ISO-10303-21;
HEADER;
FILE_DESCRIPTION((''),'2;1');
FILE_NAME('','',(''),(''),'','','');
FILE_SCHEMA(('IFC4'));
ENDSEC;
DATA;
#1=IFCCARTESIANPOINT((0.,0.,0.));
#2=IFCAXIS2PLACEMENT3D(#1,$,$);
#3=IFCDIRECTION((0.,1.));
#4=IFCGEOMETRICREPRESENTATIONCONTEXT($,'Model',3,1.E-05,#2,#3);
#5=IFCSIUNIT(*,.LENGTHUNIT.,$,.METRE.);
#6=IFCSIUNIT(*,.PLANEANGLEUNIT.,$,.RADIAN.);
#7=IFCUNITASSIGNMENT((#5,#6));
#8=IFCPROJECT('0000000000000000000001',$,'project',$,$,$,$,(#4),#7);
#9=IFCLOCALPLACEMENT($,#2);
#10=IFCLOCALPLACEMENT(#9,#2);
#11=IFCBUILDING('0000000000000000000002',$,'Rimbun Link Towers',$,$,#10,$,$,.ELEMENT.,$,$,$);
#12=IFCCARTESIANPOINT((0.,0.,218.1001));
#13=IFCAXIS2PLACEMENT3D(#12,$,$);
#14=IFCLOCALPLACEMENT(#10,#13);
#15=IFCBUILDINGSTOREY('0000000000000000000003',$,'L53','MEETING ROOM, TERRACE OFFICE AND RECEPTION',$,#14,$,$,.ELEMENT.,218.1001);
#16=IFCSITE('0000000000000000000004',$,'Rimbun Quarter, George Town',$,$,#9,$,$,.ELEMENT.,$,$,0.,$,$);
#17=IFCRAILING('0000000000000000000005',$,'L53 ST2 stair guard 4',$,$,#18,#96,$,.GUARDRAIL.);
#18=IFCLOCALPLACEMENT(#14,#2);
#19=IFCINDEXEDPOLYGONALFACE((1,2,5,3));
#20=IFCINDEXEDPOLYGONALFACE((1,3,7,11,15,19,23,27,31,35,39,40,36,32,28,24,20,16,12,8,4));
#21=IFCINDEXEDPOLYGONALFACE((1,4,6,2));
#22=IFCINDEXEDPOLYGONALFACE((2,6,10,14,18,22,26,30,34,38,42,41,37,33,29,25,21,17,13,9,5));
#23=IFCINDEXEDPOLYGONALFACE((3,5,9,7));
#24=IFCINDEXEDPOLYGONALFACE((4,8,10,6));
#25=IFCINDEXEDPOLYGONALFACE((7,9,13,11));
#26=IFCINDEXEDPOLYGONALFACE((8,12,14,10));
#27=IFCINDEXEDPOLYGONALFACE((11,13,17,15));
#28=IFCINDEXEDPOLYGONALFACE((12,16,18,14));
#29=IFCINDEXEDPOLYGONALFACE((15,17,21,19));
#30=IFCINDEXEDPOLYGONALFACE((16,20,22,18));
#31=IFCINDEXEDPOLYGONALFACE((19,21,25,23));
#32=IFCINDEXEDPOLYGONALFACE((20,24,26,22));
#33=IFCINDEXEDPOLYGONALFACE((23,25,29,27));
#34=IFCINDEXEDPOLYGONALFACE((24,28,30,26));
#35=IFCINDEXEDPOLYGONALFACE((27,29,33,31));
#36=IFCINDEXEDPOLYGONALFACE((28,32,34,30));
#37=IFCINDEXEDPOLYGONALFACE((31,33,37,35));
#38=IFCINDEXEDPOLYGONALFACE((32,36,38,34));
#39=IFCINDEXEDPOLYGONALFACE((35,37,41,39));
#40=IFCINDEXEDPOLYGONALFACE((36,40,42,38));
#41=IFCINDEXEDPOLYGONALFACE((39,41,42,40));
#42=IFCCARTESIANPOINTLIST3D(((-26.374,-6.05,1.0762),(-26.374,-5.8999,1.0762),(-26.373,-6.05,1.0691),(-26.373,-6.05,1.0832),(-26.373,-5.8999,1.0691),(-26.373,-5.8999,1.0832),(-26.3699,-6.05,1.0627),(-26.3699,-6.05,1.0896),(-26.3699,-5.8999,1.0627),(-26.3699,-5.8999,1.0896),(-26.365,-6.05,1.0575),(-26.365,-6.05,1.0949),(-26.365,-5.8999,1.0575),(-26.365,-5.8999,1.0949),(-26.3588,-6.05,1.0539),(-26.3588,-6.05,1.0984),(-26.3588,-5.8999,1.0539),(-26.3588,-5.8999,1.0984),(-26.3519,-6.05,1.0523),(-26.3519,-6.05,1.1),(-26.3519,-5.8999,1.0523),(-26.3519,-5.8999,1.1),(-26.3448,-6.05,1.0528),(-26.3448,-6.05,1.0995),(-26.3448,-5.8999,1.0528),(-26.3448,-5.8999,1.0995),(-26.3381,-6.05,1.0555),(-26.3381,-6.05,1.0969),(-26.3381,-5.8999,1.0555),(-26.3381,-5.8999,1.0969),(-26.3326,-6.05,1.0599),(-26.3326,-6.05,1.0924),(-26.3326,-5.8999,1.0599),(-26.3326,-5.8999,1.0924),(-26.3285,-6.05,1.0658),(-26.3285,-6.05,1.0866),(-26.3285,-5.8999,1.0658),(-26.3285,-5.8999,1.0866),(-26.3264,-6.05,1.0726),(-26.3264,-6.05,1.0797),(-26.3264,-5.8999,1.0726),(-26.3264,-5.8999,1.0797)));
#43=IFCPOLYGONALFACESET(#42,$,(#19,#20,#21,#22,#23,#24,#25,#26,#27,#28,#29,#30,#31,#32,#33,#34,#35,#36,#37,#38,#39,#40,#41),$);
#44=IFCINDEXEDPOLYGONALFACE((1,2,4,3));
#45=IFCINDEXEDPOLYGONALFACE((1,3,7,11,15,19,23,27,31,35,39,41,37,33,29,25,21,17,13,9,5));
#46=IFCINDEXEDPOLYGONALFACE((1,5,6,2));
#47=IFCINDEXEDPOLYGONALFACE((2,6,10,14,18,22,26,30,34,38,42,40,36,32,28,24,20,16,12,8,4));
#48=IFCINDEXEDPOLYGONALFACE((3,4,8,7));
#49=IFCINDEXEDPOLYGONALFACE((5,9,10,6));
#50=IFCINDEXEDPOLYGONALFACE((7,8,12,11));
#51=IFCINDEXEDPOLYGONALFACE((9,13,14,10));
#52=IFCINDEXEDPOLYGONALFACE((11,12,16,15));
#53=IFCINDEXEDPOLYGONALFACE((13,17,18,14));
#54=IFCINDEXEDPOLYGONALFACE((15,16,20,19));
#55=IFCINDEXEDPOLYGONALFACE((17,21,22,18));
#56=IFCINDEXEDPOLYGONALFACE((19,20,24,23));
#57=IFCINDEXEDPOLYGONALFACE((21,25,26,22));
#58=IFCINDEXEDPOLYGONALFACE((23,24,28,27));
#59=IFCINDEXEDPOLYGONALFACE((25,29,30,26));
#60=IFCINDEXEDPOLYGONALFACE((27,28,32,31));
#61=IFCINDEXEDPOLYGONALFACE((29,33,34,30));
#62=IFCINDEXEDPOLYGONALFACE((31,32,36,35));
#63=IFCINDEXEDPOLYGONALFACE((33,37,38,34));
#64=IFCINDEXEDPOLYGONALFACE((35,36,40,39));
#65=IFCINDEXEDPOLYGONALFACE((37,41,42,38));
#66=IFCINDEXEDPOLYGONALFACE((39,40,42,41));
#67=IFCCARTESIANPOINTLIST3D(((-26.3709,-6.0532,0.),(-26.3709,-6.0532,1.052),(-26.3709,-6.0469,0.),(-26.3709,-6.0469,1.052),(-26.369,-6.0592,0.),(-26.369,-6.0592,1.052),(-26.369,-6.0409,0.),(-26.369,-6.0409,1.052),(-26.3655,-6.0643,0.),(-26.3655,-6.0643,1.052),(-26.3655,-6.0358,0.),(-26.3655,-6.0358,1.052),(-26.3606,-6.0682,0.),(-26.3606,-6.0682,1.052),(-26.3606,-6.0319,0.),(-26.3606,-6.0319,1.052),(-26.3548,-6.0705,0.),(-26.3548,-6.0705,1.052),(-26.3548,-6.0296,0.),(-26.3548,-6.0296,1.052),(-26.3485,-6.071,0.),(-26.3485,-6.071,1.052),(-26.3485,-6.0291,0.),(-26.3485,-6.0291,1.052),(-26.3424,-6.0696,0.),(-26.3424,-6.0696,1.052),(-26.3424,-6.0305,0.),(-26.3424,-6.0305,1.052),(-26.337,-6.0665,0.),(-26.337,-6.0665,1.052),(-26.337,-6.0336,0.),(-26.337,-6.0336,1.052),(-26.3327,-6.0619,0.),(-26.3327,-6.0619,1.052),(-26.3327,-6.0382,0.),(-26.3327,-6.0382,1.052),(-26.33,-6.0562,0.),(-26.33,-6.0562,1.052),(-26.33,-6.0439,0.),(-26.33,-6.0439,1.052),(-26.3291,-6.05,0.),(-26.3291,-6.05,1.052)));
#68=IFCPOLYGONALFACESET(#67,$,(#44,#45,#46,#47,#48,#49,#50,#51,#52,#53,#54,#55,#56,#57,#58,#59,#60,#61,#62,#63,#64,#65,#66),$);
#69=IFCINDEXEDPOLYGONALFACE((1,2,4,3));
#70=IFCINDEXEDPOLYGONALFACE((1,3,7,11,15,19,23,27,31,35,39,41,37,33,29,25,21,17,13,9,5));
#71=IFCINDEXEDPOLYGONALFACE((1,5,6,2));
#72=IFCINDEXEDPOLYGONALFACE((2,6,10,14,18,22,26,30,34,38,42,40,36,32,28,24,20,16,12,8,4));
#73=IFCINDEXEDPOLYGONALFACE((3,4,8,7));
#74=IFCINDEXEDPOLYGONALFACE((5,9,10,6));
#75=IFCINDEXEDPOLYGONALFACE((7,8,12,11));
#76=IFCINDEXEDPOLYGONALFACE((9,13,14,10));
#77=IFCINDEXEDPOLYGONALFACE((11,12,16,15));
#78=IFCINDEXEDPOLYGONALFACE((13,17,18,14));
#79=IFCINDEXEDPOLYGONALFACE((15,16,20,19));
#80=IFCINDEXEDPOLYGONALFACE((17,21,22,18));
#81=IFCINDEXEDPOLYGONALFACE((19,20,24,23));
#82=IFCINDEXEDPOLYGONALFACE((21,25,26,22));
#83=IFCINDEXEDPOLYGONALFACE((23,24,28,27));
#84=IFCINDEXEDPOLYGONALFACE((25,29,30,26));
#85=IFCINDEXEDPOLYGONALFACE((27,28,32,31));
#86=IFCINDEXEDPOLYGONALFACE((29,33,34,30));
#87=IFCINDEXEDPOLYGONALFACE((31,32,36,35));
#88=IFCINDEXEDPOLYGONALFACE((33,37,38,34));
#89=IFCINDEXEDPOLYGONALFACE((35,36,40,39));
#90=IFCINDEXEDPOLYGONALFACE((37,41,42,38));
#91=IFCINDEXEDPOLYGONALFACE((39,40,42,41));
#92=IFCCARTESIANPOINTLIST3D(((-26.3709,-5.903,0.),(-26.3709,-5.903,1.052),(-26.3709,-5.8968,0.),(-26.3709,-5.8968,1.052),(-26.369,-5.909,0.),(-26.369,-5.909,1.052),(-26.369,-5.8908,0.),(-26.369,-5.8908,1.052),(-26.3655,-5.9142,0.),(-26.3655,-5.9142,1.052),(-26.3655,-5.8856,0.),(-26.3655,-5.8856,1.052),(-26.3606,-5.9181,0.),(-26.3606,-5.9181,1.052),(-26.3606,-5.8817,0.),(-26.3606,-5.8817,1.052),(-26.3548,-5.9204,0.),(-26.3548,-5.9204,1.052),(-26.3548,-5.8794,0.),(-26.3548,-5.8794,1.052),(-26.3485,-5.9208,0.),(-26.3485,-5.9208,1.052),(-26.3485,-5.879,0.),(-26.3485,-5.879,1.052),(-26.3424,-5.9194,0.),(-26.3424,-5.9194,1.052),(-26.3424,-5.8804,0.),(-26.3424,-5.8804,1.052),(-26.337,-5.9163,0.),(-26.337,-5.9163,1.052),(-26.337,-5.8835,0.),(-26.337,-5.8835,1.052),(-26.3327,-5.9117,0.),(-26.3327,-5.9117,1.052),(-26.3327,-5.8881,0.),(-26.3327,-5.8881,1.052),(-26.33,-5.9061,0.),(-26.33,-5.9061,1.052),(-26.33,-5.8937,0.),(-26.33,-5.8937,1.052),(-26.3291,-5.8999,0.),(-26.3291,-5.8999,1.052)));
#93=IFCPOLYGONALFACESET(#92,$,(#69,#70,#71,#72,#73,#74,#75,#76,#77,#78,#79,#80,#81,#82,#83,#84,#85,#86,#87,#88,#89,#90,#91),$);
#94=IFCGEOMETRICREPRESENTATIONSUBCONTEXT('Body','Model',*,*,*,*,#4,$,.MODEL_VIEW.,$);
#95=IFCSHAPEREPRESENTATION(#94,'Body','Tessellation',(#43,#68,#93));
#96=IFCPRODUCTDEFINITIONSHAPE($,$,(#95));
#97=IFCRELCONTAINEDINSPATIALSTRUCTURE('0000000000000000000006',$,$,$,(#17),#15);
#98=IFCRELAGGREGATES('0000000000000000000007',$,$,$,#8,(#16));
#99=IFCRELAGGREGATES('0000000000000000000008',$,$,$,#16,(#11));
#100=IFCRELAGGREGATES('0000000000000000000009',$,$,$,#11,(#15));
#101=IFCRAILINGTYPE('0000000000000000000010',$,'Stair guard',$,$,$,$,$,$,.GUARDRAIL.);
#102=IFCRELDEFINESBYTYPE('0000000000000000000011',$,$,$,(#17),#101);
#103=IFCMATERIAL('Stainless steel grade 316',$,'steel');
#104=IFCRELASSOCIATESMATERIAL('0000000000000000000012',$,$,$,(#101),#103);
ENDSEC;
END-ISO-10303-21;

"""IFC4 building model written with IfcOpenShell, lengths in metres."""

from ifc_helpers import new_model, si_unit, direction, frame, origin, origin_2d, place, context, subcontext, project, spatial, circle, extrude, material, type_object, element, save


model = new_model("IFC4")

# Units and contexts
model_context = context("Model", 3, precision=1e-05, world=origin(), true_north=direction((0.0, 1.0)))
body_context = subcontext(model_context, "Body", "Model", "MODEL_VIEW")
ifc_project = project(units=[si_unit("LENGTHUNIT", "METRE"), si_unit("PLANEANGLEUNIT", "RADIAN")], contexts=[model_context])

# Site, building, storey
site_placement = place(None, origin())
site = spatial("IfcSite", under=ifc_project, at=site_placement, Name="Rimbun Quarter, George Town", CompositionType="ELEMENT", RefElevation=0.0)
building_placement = place(site_placement, origin())
building = spatial("IfcBuilding", under=site, at=building_placement, Name="Rimbun Link Towers", CompositionType="ELEMENT")
storey_placement = place(building_placement, frame((0.0, 0.0, 218.1001)))
storey = spatial("IfcBuildingStorey", under=building, at=storey_placement, Name="L53", Description="MEETING ROOM, TERRACE OFFICE AND RECEPTION", CompositionType="ELEMENT", Elevation=218.1001)

# Railing
ifc_material_1 = material(Name="Stainless steel grade 316", Category="steel")
railing_type_1 = type_object("IfcRailingType", Name="Stair guard", PredefinedType="GUARDRAIL", material=ifc_material_1)
railing_1_placement = place(storey_placement, frame((-26.3501, -6.05, 0.0)))
element("IfcRailing", 1, at=railing_1_placement, inside=storey, type_object=railing_type_1, Name="L53 ST2 stair guard 4", PredefinedType="GUARDRAIL", context=body_context, shape_type="SweptSolid", body=[
    extrude(circle(Radius=0.0239, at=origin_2d()), frame((0.0, 0.0, 1.0762), z_axis=(0.0, 1.0, 0.0), x_axis=(-1.0, 0.0, 0.0)), (0.0, 0.0, 1.0), 0.1501),
    extrude(circle(Radius=0.021, at=origin_2d()), origin(), (0.0, 0.0, 1.0), 1.052),
    extrude(circle(Radius=0.021, at=origin_2d()), frame((0.0, 0.1501, 0.0)), (0.0, 0.0, 1.0), 1.052),
])

save(model, "model.ifc")
